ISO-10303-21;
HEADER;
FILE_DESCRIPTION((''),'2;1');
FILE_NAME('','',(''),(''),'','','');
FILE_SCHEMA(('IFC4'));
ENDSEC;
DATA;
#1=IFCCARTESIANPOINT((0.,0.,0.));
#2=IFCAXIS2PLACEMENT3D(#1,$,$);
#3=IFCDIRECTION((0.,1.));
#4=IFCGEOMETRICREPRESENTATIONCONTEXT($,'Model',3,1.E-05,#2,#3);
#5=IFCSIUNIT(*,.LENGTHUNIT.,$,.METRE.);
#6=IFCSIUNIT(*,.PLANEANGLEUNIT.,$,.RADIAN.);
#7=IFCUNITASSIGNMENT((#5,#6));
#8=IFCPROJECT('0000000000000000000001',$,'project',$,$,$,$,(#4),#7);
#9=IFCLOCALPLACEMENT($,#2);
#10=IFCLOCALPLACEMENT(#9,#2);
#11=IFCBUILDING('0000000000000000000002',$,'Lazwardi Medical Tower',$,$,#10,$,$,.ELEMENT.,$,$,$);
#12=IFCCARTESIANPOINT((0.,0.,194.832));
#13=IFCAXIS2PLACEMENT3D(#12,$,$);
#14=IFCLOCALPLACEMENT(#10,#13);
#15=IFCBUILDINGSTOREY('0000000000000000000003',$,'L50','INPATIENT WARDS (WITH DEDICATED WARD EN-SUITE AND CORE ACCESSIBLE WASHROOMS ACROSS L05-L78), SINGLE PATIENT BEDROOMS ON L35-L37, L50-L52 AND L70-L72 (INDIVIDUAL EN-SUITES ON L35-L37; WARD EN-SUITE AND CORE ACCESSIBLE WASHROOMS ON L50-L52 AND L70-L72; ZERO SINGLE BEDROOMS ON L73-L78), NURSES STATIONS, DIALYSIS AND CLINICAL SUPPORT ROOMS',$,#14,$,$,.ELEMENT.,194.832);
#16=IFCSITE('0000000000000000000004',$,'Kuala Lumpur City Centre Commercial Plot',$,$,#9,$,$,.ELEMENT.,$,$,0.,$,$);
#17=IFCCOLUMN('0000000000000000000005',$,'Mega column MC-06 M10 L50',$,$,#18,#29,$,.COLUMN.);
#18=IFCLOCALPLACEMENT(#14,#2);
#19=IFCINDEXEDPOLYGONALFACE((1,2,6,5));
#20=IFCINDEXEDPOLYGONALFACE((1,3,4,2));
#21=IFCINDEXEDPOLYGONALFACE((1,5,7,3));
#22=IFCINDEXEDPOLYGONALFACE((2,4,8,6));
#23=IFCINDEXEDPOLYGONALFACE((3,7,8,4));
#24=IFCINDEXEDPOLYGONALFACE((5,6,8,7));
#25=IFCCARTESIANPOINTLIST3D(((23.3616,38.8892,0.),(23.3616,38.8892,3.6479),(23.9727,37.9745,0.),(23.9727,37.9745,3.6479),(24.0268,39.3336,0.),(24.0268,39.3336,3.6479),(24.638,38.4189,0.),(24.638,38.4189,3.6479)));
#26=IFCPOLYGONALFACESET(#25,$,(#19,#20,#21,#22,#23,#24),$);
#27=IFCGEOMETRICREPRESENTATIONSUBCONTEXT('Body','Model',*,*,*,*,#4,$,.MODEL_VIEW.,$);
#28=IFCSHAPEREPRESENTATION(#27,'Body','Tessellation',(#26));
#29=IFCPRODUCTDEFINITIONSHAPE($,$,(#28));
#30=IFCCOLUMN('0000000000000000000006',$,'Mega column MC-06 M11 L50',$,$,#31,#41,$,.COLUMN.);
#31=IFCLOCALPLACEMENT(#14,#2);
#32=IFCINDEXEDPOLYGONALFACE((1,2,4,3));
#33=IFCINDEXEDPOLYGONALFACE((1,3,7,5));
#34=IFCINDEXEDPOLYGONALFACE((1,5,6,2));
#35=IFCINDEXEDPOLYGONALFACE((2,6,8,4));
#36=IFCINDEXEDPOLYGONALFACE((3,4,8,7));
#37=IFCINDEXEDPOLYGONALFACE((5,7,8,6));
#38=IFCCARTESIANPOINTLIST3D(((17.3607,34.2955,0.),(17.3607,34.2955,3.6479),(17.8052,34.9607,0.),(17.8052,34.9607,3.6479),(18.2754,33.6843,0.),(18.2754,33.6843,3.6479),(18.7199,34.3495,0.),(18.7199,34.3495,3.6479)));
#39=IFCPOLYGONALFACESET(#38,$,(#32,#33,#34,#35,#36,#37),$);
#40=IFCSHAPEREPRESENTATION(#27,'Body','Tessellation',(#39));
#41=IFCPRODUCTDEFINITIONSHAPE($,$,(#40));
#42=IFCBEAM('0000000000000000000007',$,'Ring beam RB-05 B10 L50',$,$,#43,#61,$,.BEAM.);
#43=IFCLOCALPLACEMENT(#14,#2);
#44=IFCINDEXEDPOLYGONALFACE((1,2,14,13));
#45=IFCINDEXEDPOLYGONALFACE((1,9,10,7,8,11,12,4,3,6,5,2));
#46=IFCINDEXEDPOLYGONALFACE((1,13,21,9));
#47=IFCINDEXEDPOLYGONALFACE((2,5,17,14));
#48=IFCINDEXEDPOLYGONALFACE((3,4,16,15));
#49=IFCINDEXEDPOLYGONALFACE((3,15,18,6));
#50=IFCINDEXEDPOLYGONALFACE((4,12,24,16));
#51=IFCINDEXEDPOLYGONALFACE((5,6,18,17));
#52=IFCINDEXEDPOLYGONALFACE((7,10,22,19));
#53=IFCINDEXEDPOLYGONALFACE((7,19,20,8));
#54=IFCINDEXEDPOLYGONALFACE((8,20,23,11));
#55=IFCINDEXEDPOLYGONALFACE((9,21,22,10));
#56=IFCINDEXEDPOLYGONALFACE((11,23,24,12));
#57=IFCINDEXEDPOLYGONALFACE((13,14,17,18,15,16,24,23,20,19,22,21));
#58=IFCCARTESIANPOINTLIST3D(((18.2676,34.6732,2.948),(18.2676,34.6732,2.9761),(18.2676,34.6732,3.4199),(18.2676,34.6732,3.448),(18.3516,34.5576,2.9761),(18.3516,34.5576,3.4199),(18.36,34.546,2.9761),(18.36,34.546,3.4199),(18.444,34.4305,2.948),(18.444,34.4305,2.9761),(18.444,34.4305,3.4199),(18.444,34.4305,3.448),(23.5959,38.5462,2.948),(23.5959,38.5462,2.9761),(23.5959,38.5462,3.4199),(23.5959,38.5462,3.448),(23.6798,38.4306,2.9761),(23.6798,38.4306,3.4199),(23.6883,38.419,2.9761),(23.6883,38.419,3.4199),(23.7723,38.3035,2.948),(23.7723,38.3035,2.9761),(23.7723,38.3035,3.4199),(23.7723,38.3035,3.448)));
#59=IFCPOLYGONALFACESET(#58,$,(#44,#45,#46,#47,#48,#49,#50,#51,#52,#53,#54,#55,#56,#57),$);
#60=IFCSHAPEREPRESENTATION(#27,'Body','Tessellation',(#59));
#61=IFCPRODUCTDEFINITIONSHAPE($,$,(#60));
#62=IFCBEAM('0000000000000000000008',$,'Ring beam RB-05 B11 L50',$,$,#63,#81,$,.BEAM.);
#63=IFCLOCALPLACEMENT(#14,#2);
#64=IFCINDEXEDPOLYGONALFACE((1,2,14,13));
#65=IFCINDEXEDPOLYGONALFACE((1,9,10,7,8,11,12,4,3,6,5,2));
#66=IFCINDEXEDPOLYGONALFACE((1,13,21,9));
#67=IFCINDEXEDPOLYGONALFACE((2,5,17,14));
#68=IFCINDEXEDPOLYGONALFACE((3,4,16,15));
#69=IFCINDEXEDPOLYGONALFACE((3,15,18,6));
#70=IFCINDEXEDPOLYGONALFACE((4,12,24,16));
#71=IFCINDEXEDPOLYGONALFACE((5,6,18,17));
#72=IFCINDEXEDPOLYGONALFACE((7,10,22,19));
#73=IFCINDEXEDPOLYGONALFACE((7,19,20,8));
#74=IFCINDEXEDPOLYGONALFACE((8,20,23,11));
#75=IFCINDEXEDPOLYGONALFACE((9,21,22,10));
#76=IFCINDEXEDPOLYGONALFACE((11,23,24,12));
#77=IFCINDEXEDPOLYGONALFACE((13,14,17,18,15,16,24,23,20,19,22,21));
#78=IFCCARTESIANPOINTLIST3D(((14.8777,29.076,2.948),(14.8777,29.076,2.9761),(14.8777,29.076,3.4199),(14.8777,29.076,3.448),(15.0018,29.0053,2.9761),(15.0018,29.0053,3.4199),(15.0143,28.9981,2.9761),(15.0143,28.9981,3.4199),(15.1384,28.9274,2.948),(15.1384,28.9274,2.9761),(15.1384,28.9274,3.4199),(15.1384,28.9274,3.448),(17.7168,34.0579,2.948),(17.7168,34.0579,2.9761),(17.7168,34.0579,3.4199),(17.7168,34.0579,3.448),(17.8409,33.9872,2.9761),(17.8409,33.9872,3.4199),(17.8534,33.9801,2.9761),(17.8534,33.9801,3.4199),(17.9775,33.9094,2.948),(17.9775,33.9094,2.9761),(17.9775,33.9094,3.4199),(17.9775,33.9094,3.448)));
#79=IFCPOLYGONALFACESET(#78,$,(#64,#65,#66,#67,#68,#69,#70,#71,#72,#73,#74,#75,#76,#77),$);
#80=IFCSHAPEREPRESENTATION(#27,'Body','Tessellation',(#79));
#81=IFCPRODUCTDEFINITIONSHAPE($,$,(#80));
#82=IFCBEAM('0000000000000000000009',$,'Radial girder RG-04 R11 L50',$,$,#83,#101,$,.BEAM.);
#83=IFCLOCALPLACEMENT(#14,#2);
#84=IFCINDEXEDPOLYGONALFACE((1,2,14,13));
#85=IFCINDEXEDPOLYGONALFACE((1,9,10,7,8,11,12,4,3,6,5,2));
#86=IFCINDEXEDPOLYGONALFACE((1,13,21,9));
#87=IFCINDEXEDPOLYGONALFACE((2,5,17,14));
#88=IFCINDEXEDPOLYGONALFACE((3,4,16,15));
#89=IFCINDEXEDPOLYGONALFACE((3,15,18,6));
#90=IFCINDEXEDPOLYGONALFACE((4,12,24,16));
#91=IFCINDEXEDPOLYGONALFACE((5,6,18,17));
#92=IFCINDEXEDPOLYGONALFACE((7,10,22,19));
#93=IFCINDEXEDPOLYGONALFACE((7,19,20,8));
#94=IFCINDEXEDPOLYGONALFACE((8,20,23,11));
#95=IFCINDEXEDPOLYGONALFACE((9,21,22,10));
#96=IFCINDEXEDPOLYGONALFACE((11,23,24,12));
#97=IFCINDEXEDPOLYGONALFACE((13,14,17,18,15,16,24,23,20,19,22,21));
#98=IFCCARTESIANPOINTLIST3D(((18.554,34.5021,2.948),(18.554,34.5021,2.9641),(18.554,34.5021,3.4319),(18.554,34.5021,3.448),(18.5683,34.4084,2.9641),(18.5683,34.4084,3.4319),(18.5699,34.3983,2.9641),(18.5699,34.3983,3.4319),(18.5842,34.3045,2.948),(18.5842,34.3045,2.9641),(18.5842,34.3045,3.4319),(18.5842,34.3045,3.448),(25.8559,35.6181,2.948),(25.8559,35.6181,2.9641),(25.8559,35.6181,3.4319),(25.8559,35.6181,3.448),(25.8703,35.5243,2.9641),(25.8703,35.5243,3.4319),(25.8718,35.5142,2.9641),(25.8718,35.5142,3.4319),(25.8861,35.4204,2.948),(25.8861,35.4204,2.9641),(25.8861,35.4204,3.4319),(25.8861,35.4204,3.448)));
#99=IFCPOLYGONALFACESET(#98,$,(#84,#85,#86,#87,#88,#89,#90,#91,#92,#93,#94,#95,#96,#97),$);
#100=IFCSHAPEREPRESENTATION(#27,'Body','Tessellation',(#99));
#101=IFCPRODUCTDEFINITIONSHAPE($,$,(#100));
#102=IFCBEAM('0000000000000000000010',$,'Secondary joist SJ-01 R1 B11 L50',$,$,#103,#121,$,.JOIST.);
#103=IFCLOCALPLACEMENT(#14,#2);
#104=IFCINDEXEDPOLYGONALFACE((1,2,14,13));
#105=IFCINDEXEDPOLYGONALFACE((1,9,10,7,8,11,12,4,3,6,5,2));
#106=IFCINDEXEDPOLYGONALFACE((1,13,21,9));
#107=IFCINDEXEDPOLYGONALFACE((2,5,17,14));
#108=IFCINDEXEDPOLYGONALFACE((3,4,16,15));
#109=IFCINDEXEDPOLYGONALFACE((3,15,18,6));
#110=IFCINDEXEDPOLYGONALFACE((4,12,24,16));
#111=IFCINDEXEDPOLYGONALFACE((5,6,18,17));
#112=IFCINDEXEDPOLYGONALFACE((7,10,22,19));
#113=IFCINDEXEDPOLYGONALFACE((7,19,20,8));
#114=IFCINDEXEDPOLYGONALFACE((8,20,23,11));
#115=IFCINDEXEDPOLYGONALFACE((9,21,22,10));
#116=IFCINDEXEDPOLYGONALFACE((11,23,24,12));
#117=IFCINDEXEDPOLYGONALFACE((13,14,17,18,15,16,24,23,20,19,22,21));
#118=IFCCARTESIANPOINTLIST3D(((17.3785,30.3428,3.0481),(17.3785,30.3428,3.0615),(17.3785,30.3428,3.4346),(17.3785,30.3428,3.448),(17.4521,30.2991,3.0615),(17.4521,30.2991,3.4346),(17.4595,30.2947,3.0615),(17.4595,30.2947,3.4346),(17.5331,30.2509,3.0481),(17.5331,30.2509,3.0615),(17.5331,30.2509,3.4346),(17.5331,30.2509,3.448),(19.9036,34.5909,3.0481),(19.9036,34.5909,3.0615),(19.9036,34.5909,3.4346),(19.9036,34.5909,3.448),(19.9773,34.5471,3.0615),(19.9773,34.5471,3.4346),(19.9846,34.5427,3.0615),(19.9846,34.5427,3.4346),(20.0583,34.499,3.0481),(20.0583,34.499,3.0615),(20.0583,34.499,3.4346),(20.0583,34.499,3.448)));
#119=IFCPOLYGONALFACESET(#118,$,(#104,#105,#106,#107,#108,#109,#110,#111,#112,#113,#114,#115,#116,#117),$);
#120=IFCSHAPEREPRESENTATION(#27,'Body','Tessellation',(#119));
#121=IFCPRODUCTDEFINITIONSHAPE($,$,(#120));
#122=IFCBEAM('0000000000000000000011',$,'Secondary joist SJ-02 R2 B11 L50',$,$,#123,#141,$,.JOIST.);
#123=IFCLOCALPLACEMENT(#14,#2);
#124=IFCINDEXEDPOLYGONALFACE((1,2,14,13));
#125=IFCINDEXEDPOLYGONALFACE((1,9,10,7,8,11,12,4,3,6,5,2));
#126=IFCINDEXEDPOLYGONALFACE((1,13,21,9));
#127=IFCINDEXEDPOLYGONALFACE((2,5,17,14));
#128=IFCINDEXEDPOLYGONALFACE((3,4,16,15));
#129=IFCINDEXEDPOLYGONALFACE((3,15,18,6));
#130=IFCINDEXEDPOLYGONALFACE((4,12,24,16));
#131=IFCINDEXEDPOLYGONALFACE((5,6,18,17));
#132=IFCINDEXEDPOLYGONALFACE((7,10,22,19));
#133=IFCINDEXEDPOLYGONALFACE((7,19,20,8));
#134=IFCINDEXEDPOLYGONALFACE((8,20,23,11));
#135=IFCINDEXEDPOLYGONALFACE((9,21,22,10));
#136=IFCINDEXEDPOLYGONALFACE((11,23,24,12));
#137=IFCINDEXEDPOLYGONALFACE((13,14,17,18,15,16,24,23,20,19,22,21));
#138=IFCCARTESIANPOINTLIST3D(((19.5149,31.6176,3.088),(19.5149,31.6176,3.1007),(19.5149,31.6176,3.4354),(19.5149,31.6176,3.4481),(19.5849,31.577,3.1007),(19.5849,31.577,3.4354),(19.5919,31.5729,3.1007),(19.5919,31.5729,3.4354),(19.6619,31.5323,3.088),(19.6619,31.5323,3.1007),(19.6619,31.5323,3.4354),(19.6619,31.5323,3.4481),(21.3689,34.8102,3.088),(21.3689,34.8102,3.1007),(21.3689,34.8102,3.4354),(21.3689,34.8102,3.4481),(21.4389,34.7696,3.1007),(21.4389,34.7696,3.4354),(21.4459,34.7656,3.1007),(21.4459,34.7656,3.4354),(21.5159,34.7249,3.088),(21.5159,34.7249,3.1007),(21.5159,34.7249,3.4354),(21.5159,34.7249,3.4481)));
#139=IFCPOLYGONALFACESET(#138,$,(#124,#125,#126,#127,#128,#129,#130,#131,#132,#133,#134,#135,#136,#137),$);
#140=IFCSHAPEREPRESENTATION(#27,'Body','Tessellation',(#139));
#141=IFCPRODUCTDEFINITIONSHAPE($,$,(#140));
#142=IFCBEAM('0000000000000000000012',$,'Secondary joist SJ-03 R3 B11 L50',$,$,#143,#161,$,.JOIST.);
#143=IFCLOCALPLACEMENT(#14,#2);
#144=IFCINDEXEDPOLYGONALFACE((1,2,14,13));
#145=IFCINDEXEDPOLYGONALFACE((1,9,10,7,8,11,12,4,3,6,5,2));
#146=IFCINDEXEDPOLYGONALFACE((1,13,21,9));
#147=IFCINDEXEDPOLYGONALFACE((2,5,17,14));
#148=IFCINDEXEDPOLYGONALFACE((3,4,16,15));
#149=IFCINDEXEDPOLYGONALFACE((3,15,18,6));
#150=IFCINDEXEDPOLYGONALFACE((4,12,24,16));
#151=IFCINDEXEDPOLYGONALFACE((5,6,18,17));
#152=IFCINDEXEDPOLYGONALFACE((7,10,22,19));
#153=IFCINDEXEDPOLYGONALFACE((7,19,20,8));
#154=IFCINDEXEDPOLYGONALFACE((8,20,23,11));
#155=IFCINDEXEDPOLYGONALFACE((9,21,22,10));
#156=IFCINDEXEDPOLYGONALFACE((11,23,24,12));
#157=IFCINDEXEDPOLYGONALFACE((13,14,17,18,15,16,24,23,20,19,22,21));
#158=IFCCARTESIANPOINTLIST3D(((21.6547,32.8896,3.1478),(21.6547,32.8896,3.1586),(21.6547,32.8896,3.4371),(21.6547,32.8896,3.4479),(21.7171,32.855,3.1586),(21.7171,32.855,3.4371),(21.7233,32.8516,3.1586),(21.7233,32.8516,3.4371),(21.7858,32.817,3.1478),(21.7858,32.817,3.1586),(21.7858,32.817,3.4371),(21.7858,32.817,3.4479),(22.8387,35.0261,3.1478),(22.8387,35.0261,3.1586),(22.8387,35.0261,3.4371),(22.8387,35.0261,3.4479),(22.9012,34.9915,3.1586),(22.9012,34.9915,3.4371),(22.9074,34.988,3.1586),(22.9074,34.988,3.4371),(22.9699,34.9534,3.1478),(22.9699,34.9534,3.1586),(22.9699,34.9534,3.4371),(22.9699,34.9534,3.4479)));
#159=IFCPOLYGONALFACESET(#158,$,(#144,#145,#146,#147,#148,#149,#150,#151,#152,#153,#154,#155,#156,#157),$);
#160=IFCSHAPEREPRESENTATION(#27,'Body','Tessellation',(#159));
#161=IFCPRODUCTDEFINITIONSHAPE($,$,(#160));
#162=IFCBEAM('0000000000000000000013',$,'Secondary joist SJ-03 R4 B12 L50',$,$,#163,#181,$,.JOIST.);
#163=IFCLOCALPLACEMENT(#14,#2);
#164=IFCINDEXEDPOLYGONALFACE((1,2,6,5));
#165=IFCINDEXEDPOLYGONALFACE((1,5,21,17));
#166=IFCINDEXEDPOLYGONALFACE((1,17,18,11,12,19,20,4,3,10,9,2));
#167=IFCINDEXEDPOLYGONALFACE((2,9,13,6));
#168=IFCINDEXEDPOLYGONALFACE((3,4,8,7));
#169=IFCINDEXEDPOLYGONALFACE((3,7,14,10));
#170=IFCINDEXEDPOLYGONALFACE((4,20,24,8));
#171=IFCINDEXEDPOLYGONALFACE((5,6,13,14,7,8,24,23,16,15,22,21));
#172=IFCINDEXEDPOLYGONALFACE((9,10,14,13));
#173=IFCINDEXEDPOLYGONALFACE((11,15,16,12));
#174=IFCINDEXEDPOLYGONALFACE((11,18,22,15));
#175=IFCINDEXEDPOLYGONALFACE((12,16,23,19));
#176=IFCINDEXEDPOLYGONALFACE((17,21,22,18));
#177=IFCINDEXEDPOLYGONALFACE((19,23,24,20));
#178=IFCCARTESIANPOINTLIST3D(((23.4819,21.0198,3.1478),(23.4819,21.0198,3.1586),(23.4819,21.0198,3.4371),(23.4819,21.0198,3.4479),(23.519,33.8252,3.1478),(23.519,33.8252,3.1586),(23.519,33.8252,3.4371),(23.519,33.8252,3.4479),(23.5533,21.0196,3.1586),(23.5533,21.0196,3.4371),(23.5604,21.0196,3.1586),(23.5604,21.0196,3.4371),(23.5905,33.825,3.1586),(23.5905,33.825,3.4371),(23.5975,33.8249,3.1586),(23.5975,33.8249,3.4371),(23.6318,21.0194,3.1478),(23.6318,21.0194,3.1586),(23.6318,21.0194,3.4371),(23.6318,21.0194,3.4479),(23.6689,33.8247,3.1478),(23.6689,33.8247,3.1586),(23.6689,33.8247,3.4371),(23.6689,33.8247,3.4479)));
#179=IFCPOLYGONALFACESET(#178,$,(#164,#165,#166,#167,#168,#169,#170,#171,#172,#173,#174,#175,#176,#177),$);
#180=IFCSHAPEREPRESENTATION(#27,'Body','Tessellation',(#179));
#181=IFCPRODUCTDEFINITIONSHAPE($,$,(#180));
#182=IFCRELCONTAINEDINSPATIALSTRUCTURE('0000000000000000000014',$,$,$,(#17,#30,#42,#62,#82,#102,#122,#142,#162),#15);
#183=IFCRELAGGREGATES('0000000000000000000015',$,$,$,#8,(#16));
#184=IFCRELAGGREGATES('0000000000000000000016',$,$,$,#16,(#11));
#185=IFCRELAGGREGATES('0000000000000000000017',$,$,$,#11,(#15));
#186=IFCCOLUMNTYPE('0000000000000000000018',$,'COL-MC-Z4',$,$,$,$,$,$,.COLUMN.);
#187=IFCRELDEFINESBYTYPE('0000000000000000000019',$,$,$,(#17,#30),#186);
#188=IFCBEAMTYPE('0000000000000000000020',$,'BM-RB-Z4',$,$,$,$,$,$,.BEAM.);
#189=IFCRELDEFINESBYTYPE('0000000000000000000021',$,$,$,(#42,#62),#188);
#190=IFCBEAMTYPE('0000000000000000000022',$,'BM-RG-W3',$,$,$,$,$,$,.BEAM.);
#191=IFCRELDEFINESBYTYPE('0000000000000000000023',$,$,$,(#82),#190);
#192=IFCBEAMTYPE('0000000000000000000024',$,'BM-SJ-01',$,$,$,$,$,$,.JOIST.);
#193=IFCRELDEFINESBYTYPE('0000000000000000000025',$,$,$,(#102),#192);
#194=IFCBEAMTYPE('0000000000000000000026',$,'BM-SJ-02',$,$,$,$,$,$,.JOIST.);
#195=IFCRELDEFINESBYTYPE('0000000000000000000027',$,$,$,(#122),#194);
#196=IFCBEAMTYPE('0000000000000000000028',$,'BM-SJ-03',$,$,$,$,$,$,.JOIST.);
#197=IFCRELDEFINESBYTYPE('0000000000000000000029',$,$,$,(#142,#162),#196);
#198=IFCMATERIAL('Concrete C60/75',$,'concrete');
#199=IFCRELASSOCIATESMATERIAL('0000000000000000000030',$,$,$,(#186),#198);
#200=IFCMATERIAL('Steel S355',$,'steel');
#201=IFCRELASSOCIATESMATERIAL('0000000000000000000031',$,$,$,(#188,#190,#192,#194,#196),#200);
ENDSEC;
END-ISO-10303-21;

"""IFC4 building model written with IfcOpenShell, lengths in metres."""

from ifc_helpers import new_model, si_unit, direction, frame, origin, origin_2d, place, context, subcontext, project, spatial, rectangle, i_section, extrude, material, material_profile, profile_set, type_object, element, save


model = new_model("IFC4")

# Units and contexts
model_context = context("Model", 3, precision=1e-05, world=origin(), true_north=direction((0.0, 1.0)))
body_context = subcontext(model_context, "Body", "Model", "MODEL_VIEW")
ifc_project = project(units=[si_unit("LENGTHUNIT", "METRE"), si_unit("PLANEANGLEUNIT", "RADIAN")], contexts=[model_context])

# Site, building, storey
site_placement = place(None, origin())
site = spatial("IfcSite", under=ifc_project, at=site_placement, Name="Kuala Lumpur City Centre Commercial Plot", CompositionType="ELEMENT", RefElevation=0.0)
building_placement = place(site_placement, origin())
building = spatial("IfcBuilding", under=site, at=building_placement, Name="Lazwardi Medical Tower", CompositionType="ELEMENT")
storey_placement = place(building_placement, frame((0.0, 0.0, 194.832)))
storey = spatial("IfcBuildingStorey", under=building, at=storey_placement, Name="L50", Description="INPATIENT WARDS (WITH DEDICATED WARD EN-SUITE AND CORE ACCESSIBLE WASHROOMS ACROSS L05-L78), SINGLE PATIENT BEDROOMS ON L35-L37, L50-L52 AND L70-L72 (INDIVIDUAL EN-SUITES ON L35-L37; WARD EN-SUITE AND CORE ACCESSIBLE WASHROOMS ON L50-L52 AND L70-L72; ZERO SINGLE BEDROOMS ON L73-L78), NURSES STATIONS, DIALYSIS AND CLINICAL SUPPORT ROOMS", CompositionType="ELEMENT", Elevation=194.832)

# Columns
ifc_material_1 = material(Name="Concrete C60/75", Category="concrete")
ifc_material_profile_1 = material_profile(ifc_material_1, rectangle(XDim=1.1001, YDim=0.8, at=origin_2d()), Name="CFT-RECT 1100x800")
ifc_profile_set_1 = profile_set([ifc_material_profile_1], Name="Concrete C60/75")
column_type = type_object("IfcColumnType", Name="COL-MC-Z4", PredefinedType="COLUMN", material=ifc_profile_set_1)
for number, where, z_axis, x_axis, name in (
    (1, (23.9998, 38.6541, 0.0), (0.0, 0.0, 1.0), (-0.55557, 0.83147, 0.0), "Mega column MC-06 M10 L50"),
    (2, (18.0403, 34.3225, 0.0), (0.0, 0.0, 1.0), (-0.83147, 0.55557, 0.0), "Mega column MC-06 M11 L50"),
):
    element("IfcColumn", number, at=place(storey_placement, frame(where, z_axis=z_axis, x_axis=x_axis)), inside=storey, type_object=column_type, Name=name, PredefinedType="COLUMN", context=body_context, shape_type="SweptSolid", body=[
        extrude(rectangle(XDim=1.1001, YDim=0.8, at=origin_2d()), origin(), (0.0, 0.0, 1.0), 3.6479),
    ])

# Beams
ifc_material_2 = material(Name="Steel S355", Category="steel")
ifc_material_profile_2 = material_profile(ifc_material_2, i_section(OverallWidth=0.3, OverallDepth=0.5, WebThickness=0.0144, FlangeThickness=0.0281, at=origin_2d()), Name="HEB 500")
ifc_profile_set_2 = profile_set([ifc_material_profile_2], Name="Steel S355")
beam_type_1 = type_object("IfcBeamType", Name="BM-RB-Z4", PredefinedType="BEAM", material=ifc_profile_set_2)
beam_1_placement = place(storey_placement, frame((23.6841, 38.4248, 3.198), z_axis=(-0.80889, -0.58796, 0.0), x_axis=(0.58796, -0.80889, 0.0)))
element("IfcBeam", 3, at=beam_1_placement, inside=storey, type_object=beam_type_1, Name="Ring beam RB-05 B10 L50", PredefinedType="BEAM", context=body_context, shape_type="SweptSolid", body=[
    extrude(i_section(OverallWidth=0.3, OverallDepth=0.5, WebThickness=0.0144, FlangeThickness=0.0281, at=origin_2d()), origin(), (0.0, 0.0, 1.0), 6.5872),
])
beam_2_placement = place(storey_placement, frame((17.8472, 33.9836, 3.198), z_axis=(-0.495125, -0.868822, 0.0), x_axis=(0.868822, -0.495125, 0.0)))
element("IfcBeam", 4, at=beam_2_placement, inside=storey, type_object=beam_type_1, Name="Ring beam RB-05 B11 L50", PredefinedType="BEAM", context=body_context, shape_type="SweptSolid", body=[
    extrude(i_section(OverallWidth=0.3, OverallDepth=0.5, WebThickness=0.0144, FlangeThickness=0.0281, at=origin_2d()), origin(), (0.0, 0.0, 1.0), 5.7341),
])
ifc_material_profile_3 = material_profile(ifc_material_2, i_section(OverallWidth=0.2, OverallDepth=0.5, WebThickness=0.0103, FlangeThickness=0.0161, at=origin_2d()), Name="IPE 500")
ifc_profile_set_3 = profile_set([ifc_material_profile_3], Name="Steel S355")
beam_type_2 = type_object("IfcBeamType", Name="BM-RG-W3", PredefinedType="BEAM", material=ifc_profile_set_3)
beam_3_placement = place(storey_placement, frame((18.5691, 34.4033, 3.198), z_axis=(0.988522, 0.151076, 0.0), x_axis=(-0.151076, 0.988522, 0.0)))
element("IfcBeam", 5, at=beam_3_placement, inside=storey, type_object=beam_type_2, Name="Radial girder RG-04 R11 L50", PredefinedType="BEAM", context=body_context, shape_type="SweptSolid", body=[
    extrude(i_section(OverallWidth=0.2, OverallDepth=0.5, WebThickness=0.0103, FlangeThickness=0.0161, at=origin_2d()), origin(), (0.0, 0.0, 1.0), 7.3867),
])
ifc_material_profile_4 = material_profile(ifc_material_2, i_section(OverallWidth=0.1799, OverallDepth=0.3999, WebThickness=0.0085, FlangeThickness=0.0134, at=origin_2d()), Name="IPE 400")
ifc_profile_set_4 = profile_set([ifc_material_profile_4], Name="Steel S355")
beam_type_3 = type_object("IfcBeamType", Name="BM-SJ-01", PredefinedType="JOIST", material=ifc_profile_set_4)
beam_4_placement = place(storey_placement, frame((19.981, 34.5449, 3.248), z_axis=(-0.510968, -0.8596, 0.0), x_axis=(0.8596, -0.510968, 0.0)))
element("IfcBeam", 6, at=beam_4_placement, inside=storey, type_object=beam_type_3, Name="Secondary joist SJ-01 R1 B11 L50", PredefinedType="JOIST", context=body_context, shape_type="SweptSolid", body=[
    extrude(i_section(OverallWidth=0.1799, OverallDepth=0.3999, WebThickness=0.0085, FlangeThickness=0.0134, at=origin_2d()), origin(), (0.0, 0.0, 1.0), 4.9419),
])
ifc_material_profile_5 = material_profile(ifc_material_2, i_section(OverallWidth=0.1699, OverallDepth=0.3601, WebThickness=0.0081, FlangeThickness=0.0127, at=origin_2d()), Name="IPE 360")
ifc_profile_set_5 = profile_set([ifc_material_profile_5], Name="Steel S355")
beam_type_4 = type_object("IfcBeamType", Name="BM-SJ-02", PredefinedType="JOIST", material=ifc_profile_set_5)
beam_5_placement = place(storey_placement, frame((21.4424, 34.7676, 3.2681), z_axis=(-0.50218, -0.864763, 0.0), x_axis=(0.864763, -0.50218, 0.0)))
element("IfcBeam", 7, at=beam_5_placement, inside=storey, type_object=beam_type_4, Name="Secondary joist SJ-02 R2 B11 L50", PredefinedType="JOIST", context=body_context, shape_type="SweptSolid", body=[
    extrude(i_section(OverallWidth=0.1699, OverallDepth=0.3601, WebThickness=0.0081, FlangeThickness=0.0127, at=origin_2d()), origin(), (0.0, 0.0, 1.0), 3.6919),
])
ifc_material_profile_6 = material_profile(ifc_material_2, i_section(OverallWidth=0.1499, OverallDepth=0.3, WebThickness=0.0071, FlangeThickness=0.0107, at=origin_2d()), Name="IPE 300")
ifc_profile_set_6 = profile_set([ifc_material_profile_6], Name="Steel S355")
beam_type_5 = type_object("IfcBeamType", Name="BM-SJ-03", PredefinedType="JOIST", material=ifc_profile_set_6)
beam_6_placement = place(storey_placement, frame((22.9043, 34.9897, 3.2979), z_axis=(-0.484752, -0.874652, 0.0), x_axis=(0.874652, -0.484752, 0.0)))
element("IfcBeam", 8, at=beam_6_placement, inside=storey, type_object=beam_type_5, Name="Secondary joist SJ-03 R3 B11 L50", PredefinedType="JOIST", context=body_context, shape_type="SweptSolid", body=[
    extrude(i_section(OverallWidth=0.1499, OverallDepth=0.3, WebThickness=0.0071, FlangeThickness=0.0107, at=origin_2d()), origin(), (0.0, 0.0, 1.0), 2.4426),
])
beam_7_placement = place(storey_placement, frame((23.594, 33.825, 3.2979), z_axis=(-0.002898, -0.999996, 0.0), x_axis=(0.999996, -0.002898, 0.0)))
element("IfcBeam", 9, at=beam_7_placement, inside=storey, type_object=beam_type_5, Name="Secondary joist SJ-03 R4 B12 L50", PredefinedType="JOIST", context=body_context, shape_type="SweptSolid", body=[
    extrude(i_section(OverallWidth=0.1499, OverallDepth=0.3, WebThickness=0.0071, FlangeThickness=0.0107, at=origin_2d()), origin(), (0.0, 0.0, 1.0), 12.8054),
])

save(model, "model.ifc")
